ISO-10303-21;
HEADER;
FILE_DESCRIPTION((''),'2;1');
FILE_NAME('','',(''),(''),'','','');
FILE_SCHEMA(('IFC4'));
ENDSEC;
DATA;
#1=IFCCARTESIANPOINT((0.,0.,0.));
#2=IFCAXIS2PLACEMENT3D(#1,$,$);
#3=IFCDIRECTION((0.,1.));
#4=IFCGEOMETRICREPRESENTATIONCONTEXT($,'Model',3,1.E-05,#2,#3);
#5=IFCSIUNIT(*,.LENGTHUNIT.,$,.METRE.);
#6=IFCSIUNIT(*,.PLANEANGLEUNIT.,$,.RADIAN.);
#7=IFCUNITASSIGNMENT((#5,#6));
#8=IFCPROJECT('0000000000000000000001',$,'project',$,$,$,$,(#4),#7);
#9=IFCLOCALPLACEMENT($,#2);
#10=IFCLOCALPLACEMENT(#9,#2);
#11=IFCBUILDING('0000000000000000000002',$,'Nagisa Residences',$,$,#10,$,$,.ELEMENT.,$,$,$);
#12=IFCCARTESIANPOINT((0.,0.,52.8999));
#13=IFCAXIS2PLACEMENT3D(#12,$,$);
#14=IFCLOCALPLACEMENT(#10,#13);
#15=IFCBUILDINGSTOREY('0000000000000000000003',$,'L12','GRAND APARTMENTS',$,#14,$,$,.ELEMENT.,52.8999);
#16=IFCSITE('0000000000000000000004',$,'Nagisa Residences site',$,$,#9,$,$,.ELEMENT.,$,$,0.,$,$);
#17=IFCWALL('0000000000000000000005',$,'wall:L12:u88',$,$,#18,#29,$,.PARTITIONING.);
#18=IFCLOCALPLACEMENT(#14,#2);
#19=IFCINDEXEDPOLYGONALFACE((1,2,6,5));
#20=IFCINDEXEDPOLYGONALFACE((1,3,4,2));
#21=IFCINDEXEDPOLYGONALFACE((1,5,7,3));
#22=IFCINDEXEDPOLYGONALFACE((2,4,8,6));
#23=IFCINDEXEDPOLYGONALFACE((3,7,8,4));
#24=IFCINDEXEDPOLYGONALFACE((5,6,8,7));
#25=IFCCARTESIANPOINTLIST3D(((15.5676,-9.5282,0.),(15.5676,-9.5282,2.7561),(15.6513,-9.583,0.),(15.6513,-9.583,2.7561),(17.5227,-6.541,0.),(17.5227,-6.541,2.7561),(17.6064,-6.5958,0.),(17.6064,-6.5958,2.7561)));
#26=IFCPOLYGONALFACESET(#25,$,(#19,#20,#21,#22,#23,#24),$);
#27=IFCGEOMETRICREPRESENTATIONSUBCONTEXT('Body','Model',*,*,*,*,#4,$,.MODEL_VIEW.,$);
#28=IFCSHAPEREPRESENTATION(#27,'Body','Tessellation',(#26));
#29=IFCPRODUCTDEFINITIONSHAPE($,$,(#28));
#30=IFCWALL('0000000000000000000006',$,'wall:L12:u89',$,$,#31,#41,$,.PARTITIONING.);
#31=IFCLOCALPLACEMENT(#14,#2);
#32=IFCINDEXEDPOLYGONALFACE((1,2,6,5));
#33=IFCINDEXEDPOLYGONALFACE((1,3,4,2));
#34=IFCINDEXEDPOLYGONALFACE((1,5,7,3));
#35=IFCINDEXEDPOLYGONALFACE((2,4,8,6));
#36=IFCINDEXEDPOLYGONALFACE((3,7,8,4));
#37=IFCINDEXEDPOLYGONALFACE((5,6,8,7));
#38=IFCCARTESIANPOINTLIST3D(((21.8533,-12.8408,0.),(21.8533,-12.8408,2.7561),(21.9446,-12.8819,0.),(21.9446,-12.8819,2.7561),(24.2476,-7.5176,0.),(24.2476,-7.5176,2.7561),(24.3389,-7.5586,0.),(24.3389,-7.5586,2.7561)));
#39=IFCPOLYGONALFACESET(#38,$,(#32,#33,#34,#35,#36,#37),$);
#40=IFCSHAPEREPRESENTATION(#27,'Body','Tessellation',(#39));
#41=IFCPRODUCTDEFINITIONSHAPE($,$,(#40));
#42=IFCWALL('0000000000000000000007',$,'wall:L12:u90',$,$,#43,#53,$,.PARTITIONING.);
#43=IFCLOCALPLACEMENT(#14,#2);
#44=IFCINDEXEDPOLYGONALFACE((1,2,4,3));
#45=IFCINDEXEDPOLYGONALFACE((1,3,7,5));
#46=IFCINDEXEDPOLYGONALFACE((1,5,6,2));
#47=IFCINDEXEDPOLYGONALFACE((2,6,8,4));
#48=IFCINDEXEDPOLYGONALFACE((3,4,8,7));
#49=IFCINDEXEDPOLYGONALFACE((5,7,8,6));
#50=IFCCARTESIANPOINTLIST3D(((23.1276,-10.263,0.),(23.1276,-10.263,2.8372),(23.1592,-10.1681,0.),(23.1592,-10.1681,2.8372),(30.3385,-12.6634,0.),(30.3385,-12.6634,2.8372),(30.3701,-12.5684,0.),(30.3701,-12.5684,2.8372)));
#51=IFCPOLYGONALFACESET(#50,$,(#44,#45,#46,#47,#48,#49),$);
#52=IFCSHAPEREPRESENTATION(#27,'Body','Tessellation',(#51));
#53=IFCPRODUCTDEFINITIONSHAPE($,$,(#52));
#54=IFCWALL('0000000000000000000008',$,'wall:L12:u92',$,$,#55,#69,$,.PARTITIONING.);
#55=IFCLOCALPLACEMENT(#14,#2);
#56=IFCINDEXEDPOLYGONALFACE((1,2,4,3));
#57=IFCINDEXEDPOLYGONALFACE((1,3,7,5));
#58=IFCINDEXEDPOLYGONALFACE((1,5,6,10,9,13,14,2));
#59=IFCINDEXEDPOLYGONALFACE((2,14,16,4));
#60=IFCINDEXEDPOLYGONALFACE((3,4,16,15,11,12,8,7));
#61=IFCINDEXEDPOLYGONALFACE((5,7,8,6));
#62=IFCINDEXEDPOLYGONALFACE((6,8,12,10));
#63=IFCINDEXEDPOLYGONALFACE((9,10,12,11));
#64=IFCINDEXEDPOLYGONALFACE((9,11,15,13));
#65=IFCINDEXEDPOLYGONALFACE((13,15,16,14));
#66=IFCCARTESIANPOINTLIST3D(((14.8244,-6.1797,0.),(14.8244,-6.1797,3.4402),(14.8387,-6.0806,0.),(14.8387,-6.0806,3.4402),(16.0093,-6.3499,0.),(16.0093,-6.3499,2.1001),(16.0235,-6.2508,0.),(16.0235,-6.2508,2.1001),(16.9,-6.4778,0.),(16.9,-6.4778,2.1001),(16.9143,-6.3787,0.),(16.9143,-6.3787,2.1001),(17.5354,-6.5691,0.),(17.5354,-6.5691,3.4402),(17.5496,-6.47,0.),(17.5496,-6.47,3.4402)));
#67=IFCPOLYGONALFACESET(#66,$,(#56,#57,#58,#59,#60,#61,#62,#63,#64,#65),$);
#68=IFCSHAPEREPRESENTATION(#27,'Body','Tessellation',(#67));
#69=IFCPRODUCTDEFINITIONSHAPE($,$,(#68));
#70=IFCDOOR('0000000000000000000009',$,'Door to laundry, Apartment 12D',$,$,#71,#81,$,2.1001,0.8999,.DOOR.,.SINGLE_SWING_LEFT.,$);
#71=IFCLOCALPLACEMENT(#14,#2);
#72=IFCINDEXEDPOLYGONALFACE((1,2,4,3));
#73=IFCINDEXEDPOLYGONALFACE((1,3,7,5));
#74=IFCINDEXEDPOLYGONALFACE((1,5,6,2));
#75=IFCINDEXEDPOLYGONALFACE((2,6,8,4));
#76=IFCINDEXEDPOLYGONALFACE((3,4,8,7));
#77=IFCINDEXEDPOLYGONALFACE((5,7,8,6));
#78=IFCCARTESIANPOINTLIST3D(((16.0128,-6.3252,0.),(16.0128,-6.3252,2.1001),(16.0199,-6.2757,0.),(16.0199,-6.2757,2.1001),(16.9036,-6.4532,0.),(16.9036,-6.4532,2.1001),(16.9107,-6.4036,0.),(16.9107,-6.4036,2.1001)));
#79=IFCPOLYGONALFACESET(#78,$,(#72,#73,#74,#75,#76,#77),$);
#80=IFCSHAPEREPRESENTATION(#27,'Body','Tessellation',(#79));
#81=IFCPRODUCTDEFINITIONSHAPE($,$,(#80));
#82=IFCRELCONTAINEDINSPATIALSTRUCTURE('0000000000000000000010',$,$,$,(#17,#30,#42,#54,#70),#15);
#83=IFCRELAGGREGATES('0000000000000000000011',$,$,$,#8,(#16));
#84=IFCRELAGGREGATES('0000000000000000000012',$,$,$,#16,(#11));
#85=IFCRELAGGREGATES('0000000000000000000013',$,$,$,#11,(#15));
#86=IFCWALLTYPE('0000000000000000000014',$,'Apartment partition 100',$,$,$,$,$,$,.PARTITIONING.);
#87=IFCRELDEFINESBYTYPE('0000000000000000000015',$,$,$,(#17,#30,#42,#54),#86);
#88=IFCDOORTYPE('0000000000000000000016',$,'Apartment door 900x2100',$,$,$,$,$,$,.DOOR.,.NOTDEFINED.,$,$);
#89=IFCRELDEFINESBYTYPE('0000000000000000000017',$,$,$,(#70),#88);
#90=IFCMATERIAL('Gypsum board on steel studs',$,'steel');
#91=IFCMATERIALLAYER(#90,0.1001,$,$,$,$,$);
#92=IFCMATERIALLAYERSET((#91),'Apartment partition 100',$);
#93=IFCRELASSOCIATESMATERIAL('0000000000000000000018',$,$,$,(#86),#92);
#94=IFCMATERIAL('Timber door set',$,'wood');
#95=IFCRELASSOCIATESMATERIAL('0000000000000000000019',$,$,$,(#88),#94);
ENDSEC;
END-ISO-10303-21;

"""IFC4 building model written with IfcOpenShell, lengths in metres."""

from ifc_helpers import new_model, si_unit, direction, frame, frame_2d, origin, place, context, subcontext, project, spatial, rectangle, extrude, material, layer, layer_set, type_object, element, fill, save


model = new_model("IFC4")

# Units and contexts
model_context = context("Model", 3, precision=1e-05, world=origin(), true_north=direction((0.0, 1.0)))
body_context = subcontext(model_context, "Body", "Model", "MODEL_VIEW")
ifc_project = project(units=[si_unit("LENGTHUNIT", "METRE"), si_unit("PLANEANGLEUNIT", "RADIAN")], contexts=[model_context])

# Site, building, storey
site_placement = place(None, origin())
site = spatial("IfcSite", under=ifc_project, at=site_placement, Name="Nagisa Residences site", CompositionType="ELEMENT", RefElevation=0.0)
building_placement = place(site_placement, origin())
building = spatial("IfcBuilding", under=site, at=building_placement, Name="Nagisa Residences", CompositionType="ELEMENT")
storey_placement = place(building_placement, frame((0.0, 0.0, 52.8999)))
storey = spatial("IfcBuildingStorey", under=building, at=storey_placement, Name="L12", Description="GRAND APARTMENTS", CompositionType="ELEMENT", Elevation=52.8999)

# Shared definitions
ifc_material_1 = material(Name="Gypsum board on steel studs", Category="steel")
ifc_layer_1 = layer(ifc_material_1, 0.1001)
ifc_layer_set_1 = layer_set([ifc_layer_1], Name="Apartment partition 100")
wall_type_1 = type_object("IfcWallType", Name="Apartment partition 100", PredefinedType="PARTITIONING", material=ifc_layer_set_1)
ifc_material_2 = material(Name="Timber door set", Category="wood")
door_type_1 = type_object("IfcDoorType", Name="Apartment door 900x2100", OperationType="NOTDEFINED", PredefinedType="DOOR", material=ifc_material_2)

# Walls
wall_1_placement = place(storey_placement, frame((15.6094, -9.5557, 0.0), z_axis=(0.0, 0.0, 1.0), x_axis=(0.547642, 0.836713, 0.0)))
element("IfcWall", 1, at=wall_1_placement, inside=storey, type_object=wall_type_1, Name="wall:L12:u88", PredefinedType="PARTITIONING", context=body_context, shape_type="SweptSolid", body=[
    extrude(rectangle(XDim=3.5701, YDim=0.1001, at=frame_2d((1.7852, 0.0))), origin(), (0.0, 0.0, 1.0), 2.7561),
])
wall_2_placement = place(storey_placement, frame((21.8989, -12.8613, 0.0), z_axis=(0.0, 0.0, 1.0), x_axis=(0.410198, 0.911997, 0.0)))
element("IfcWall", 2, at=wall_2_placement, inside=storey, type_object=wall_type_1, Name="wall:L12:u89", PredefinedType="PARTITIONING", context=body_context, shape_type="SweptSolid", body=[
    extrude(rectangle(XDim=5.8369, YDim=0.1001, at=frame_2d((2.9185, 0.0))), origin(), (0.0, 0.0, 1.0), 2.7561),
])
wall_3_placement = place(storey_placement, frame((23.1436, -10.2156, 0.0), z_axis=(0.0, 0.0, 1.0), x_axis=(0.948812, -0.315842, 0.0)))
element("IfcWall", 3, at=wall_3_placement, inside=storey, type_object=wall_type_1, Name="wall:L12:u90", PredefinedType="PARTITIONING", context=body_context, shape_type="SweptSolid", body=[
    extrude(rectangle(XDim=7.5999, YDim=0.1001, at=frame_2d((3.7998, 0.0))), origin(), (0.0, 0.0, 1.0), 2.8372),
])

# Wall, opening, door
wall_4_placement = place(storey_placement, frame((14.8315, -6.1301, 0.0), z_axis=(0.0, 0.0, 1.0), x_axis=(0.98984, -0.142183, 0.0)))
wall_4 = element("IfcWall", 4, at=wall_4_placement, inside=storey, type_object=wall_type_1, Name="wall:L12:u92", PredefinedType="PARTITIONING", context=body_context, shape_type="SweptSolid", body=[
    extrude(rectangle(XDim=2.7388, YDim=0.1001, at=frame_2d((1.3694, 0.0))), origin(), (0.0, 0.0, 1.0), 3.4402),
])
opening_1_placement = place(wall_4_placement, frame((1.197, 0.0, 0.0)))
opening_1 = element("IfcOpeningElement", 5, at=opening_1_placement, cuts=wall_4, PredefinedType="OPENING", context=body_context, shape_type="SweptSolid", body=[
    extrude(rectangle(XDim=0.8999, YDim=2.1001, at=frame_2d((0.45, 1.05))), frame((0.0, 0.0601, 0.0), z_axis=(0.0, -1.0, 0.0), x_axis=(1.0, 0.0, 0.0)), (0.0, 0.0, 1.0), 0.1201),
])
door_1_placement = place(opening_1_placement, origin())
door_1 = element("IfcDoor", 6, at=door_1_placement, inside=storey, type_object=door_type_1, Name="Door to laundry, Apartment 12D", OperationType="SINGLE_SWING_LEFT", OverallHeight=2.1001, OverallWidth=0.8999, PredefinedType="DOOR", context=body_context, shape_type="SweptSolid", body=[
    extrude(rectangle(XDim=0.8999, YDim=2.1001, at=frame_2d((0.45, 1.05))), frame((0.0, 0.0249, 0.0), z_axis=(0.0, -1.0, 0.0), x_axis=(1.0, 0.0, 0.0)), (0.0, 0.0, 1.0), 0.05),
])
fill(opening_1, door_1)

save(model, "model.ifc")
